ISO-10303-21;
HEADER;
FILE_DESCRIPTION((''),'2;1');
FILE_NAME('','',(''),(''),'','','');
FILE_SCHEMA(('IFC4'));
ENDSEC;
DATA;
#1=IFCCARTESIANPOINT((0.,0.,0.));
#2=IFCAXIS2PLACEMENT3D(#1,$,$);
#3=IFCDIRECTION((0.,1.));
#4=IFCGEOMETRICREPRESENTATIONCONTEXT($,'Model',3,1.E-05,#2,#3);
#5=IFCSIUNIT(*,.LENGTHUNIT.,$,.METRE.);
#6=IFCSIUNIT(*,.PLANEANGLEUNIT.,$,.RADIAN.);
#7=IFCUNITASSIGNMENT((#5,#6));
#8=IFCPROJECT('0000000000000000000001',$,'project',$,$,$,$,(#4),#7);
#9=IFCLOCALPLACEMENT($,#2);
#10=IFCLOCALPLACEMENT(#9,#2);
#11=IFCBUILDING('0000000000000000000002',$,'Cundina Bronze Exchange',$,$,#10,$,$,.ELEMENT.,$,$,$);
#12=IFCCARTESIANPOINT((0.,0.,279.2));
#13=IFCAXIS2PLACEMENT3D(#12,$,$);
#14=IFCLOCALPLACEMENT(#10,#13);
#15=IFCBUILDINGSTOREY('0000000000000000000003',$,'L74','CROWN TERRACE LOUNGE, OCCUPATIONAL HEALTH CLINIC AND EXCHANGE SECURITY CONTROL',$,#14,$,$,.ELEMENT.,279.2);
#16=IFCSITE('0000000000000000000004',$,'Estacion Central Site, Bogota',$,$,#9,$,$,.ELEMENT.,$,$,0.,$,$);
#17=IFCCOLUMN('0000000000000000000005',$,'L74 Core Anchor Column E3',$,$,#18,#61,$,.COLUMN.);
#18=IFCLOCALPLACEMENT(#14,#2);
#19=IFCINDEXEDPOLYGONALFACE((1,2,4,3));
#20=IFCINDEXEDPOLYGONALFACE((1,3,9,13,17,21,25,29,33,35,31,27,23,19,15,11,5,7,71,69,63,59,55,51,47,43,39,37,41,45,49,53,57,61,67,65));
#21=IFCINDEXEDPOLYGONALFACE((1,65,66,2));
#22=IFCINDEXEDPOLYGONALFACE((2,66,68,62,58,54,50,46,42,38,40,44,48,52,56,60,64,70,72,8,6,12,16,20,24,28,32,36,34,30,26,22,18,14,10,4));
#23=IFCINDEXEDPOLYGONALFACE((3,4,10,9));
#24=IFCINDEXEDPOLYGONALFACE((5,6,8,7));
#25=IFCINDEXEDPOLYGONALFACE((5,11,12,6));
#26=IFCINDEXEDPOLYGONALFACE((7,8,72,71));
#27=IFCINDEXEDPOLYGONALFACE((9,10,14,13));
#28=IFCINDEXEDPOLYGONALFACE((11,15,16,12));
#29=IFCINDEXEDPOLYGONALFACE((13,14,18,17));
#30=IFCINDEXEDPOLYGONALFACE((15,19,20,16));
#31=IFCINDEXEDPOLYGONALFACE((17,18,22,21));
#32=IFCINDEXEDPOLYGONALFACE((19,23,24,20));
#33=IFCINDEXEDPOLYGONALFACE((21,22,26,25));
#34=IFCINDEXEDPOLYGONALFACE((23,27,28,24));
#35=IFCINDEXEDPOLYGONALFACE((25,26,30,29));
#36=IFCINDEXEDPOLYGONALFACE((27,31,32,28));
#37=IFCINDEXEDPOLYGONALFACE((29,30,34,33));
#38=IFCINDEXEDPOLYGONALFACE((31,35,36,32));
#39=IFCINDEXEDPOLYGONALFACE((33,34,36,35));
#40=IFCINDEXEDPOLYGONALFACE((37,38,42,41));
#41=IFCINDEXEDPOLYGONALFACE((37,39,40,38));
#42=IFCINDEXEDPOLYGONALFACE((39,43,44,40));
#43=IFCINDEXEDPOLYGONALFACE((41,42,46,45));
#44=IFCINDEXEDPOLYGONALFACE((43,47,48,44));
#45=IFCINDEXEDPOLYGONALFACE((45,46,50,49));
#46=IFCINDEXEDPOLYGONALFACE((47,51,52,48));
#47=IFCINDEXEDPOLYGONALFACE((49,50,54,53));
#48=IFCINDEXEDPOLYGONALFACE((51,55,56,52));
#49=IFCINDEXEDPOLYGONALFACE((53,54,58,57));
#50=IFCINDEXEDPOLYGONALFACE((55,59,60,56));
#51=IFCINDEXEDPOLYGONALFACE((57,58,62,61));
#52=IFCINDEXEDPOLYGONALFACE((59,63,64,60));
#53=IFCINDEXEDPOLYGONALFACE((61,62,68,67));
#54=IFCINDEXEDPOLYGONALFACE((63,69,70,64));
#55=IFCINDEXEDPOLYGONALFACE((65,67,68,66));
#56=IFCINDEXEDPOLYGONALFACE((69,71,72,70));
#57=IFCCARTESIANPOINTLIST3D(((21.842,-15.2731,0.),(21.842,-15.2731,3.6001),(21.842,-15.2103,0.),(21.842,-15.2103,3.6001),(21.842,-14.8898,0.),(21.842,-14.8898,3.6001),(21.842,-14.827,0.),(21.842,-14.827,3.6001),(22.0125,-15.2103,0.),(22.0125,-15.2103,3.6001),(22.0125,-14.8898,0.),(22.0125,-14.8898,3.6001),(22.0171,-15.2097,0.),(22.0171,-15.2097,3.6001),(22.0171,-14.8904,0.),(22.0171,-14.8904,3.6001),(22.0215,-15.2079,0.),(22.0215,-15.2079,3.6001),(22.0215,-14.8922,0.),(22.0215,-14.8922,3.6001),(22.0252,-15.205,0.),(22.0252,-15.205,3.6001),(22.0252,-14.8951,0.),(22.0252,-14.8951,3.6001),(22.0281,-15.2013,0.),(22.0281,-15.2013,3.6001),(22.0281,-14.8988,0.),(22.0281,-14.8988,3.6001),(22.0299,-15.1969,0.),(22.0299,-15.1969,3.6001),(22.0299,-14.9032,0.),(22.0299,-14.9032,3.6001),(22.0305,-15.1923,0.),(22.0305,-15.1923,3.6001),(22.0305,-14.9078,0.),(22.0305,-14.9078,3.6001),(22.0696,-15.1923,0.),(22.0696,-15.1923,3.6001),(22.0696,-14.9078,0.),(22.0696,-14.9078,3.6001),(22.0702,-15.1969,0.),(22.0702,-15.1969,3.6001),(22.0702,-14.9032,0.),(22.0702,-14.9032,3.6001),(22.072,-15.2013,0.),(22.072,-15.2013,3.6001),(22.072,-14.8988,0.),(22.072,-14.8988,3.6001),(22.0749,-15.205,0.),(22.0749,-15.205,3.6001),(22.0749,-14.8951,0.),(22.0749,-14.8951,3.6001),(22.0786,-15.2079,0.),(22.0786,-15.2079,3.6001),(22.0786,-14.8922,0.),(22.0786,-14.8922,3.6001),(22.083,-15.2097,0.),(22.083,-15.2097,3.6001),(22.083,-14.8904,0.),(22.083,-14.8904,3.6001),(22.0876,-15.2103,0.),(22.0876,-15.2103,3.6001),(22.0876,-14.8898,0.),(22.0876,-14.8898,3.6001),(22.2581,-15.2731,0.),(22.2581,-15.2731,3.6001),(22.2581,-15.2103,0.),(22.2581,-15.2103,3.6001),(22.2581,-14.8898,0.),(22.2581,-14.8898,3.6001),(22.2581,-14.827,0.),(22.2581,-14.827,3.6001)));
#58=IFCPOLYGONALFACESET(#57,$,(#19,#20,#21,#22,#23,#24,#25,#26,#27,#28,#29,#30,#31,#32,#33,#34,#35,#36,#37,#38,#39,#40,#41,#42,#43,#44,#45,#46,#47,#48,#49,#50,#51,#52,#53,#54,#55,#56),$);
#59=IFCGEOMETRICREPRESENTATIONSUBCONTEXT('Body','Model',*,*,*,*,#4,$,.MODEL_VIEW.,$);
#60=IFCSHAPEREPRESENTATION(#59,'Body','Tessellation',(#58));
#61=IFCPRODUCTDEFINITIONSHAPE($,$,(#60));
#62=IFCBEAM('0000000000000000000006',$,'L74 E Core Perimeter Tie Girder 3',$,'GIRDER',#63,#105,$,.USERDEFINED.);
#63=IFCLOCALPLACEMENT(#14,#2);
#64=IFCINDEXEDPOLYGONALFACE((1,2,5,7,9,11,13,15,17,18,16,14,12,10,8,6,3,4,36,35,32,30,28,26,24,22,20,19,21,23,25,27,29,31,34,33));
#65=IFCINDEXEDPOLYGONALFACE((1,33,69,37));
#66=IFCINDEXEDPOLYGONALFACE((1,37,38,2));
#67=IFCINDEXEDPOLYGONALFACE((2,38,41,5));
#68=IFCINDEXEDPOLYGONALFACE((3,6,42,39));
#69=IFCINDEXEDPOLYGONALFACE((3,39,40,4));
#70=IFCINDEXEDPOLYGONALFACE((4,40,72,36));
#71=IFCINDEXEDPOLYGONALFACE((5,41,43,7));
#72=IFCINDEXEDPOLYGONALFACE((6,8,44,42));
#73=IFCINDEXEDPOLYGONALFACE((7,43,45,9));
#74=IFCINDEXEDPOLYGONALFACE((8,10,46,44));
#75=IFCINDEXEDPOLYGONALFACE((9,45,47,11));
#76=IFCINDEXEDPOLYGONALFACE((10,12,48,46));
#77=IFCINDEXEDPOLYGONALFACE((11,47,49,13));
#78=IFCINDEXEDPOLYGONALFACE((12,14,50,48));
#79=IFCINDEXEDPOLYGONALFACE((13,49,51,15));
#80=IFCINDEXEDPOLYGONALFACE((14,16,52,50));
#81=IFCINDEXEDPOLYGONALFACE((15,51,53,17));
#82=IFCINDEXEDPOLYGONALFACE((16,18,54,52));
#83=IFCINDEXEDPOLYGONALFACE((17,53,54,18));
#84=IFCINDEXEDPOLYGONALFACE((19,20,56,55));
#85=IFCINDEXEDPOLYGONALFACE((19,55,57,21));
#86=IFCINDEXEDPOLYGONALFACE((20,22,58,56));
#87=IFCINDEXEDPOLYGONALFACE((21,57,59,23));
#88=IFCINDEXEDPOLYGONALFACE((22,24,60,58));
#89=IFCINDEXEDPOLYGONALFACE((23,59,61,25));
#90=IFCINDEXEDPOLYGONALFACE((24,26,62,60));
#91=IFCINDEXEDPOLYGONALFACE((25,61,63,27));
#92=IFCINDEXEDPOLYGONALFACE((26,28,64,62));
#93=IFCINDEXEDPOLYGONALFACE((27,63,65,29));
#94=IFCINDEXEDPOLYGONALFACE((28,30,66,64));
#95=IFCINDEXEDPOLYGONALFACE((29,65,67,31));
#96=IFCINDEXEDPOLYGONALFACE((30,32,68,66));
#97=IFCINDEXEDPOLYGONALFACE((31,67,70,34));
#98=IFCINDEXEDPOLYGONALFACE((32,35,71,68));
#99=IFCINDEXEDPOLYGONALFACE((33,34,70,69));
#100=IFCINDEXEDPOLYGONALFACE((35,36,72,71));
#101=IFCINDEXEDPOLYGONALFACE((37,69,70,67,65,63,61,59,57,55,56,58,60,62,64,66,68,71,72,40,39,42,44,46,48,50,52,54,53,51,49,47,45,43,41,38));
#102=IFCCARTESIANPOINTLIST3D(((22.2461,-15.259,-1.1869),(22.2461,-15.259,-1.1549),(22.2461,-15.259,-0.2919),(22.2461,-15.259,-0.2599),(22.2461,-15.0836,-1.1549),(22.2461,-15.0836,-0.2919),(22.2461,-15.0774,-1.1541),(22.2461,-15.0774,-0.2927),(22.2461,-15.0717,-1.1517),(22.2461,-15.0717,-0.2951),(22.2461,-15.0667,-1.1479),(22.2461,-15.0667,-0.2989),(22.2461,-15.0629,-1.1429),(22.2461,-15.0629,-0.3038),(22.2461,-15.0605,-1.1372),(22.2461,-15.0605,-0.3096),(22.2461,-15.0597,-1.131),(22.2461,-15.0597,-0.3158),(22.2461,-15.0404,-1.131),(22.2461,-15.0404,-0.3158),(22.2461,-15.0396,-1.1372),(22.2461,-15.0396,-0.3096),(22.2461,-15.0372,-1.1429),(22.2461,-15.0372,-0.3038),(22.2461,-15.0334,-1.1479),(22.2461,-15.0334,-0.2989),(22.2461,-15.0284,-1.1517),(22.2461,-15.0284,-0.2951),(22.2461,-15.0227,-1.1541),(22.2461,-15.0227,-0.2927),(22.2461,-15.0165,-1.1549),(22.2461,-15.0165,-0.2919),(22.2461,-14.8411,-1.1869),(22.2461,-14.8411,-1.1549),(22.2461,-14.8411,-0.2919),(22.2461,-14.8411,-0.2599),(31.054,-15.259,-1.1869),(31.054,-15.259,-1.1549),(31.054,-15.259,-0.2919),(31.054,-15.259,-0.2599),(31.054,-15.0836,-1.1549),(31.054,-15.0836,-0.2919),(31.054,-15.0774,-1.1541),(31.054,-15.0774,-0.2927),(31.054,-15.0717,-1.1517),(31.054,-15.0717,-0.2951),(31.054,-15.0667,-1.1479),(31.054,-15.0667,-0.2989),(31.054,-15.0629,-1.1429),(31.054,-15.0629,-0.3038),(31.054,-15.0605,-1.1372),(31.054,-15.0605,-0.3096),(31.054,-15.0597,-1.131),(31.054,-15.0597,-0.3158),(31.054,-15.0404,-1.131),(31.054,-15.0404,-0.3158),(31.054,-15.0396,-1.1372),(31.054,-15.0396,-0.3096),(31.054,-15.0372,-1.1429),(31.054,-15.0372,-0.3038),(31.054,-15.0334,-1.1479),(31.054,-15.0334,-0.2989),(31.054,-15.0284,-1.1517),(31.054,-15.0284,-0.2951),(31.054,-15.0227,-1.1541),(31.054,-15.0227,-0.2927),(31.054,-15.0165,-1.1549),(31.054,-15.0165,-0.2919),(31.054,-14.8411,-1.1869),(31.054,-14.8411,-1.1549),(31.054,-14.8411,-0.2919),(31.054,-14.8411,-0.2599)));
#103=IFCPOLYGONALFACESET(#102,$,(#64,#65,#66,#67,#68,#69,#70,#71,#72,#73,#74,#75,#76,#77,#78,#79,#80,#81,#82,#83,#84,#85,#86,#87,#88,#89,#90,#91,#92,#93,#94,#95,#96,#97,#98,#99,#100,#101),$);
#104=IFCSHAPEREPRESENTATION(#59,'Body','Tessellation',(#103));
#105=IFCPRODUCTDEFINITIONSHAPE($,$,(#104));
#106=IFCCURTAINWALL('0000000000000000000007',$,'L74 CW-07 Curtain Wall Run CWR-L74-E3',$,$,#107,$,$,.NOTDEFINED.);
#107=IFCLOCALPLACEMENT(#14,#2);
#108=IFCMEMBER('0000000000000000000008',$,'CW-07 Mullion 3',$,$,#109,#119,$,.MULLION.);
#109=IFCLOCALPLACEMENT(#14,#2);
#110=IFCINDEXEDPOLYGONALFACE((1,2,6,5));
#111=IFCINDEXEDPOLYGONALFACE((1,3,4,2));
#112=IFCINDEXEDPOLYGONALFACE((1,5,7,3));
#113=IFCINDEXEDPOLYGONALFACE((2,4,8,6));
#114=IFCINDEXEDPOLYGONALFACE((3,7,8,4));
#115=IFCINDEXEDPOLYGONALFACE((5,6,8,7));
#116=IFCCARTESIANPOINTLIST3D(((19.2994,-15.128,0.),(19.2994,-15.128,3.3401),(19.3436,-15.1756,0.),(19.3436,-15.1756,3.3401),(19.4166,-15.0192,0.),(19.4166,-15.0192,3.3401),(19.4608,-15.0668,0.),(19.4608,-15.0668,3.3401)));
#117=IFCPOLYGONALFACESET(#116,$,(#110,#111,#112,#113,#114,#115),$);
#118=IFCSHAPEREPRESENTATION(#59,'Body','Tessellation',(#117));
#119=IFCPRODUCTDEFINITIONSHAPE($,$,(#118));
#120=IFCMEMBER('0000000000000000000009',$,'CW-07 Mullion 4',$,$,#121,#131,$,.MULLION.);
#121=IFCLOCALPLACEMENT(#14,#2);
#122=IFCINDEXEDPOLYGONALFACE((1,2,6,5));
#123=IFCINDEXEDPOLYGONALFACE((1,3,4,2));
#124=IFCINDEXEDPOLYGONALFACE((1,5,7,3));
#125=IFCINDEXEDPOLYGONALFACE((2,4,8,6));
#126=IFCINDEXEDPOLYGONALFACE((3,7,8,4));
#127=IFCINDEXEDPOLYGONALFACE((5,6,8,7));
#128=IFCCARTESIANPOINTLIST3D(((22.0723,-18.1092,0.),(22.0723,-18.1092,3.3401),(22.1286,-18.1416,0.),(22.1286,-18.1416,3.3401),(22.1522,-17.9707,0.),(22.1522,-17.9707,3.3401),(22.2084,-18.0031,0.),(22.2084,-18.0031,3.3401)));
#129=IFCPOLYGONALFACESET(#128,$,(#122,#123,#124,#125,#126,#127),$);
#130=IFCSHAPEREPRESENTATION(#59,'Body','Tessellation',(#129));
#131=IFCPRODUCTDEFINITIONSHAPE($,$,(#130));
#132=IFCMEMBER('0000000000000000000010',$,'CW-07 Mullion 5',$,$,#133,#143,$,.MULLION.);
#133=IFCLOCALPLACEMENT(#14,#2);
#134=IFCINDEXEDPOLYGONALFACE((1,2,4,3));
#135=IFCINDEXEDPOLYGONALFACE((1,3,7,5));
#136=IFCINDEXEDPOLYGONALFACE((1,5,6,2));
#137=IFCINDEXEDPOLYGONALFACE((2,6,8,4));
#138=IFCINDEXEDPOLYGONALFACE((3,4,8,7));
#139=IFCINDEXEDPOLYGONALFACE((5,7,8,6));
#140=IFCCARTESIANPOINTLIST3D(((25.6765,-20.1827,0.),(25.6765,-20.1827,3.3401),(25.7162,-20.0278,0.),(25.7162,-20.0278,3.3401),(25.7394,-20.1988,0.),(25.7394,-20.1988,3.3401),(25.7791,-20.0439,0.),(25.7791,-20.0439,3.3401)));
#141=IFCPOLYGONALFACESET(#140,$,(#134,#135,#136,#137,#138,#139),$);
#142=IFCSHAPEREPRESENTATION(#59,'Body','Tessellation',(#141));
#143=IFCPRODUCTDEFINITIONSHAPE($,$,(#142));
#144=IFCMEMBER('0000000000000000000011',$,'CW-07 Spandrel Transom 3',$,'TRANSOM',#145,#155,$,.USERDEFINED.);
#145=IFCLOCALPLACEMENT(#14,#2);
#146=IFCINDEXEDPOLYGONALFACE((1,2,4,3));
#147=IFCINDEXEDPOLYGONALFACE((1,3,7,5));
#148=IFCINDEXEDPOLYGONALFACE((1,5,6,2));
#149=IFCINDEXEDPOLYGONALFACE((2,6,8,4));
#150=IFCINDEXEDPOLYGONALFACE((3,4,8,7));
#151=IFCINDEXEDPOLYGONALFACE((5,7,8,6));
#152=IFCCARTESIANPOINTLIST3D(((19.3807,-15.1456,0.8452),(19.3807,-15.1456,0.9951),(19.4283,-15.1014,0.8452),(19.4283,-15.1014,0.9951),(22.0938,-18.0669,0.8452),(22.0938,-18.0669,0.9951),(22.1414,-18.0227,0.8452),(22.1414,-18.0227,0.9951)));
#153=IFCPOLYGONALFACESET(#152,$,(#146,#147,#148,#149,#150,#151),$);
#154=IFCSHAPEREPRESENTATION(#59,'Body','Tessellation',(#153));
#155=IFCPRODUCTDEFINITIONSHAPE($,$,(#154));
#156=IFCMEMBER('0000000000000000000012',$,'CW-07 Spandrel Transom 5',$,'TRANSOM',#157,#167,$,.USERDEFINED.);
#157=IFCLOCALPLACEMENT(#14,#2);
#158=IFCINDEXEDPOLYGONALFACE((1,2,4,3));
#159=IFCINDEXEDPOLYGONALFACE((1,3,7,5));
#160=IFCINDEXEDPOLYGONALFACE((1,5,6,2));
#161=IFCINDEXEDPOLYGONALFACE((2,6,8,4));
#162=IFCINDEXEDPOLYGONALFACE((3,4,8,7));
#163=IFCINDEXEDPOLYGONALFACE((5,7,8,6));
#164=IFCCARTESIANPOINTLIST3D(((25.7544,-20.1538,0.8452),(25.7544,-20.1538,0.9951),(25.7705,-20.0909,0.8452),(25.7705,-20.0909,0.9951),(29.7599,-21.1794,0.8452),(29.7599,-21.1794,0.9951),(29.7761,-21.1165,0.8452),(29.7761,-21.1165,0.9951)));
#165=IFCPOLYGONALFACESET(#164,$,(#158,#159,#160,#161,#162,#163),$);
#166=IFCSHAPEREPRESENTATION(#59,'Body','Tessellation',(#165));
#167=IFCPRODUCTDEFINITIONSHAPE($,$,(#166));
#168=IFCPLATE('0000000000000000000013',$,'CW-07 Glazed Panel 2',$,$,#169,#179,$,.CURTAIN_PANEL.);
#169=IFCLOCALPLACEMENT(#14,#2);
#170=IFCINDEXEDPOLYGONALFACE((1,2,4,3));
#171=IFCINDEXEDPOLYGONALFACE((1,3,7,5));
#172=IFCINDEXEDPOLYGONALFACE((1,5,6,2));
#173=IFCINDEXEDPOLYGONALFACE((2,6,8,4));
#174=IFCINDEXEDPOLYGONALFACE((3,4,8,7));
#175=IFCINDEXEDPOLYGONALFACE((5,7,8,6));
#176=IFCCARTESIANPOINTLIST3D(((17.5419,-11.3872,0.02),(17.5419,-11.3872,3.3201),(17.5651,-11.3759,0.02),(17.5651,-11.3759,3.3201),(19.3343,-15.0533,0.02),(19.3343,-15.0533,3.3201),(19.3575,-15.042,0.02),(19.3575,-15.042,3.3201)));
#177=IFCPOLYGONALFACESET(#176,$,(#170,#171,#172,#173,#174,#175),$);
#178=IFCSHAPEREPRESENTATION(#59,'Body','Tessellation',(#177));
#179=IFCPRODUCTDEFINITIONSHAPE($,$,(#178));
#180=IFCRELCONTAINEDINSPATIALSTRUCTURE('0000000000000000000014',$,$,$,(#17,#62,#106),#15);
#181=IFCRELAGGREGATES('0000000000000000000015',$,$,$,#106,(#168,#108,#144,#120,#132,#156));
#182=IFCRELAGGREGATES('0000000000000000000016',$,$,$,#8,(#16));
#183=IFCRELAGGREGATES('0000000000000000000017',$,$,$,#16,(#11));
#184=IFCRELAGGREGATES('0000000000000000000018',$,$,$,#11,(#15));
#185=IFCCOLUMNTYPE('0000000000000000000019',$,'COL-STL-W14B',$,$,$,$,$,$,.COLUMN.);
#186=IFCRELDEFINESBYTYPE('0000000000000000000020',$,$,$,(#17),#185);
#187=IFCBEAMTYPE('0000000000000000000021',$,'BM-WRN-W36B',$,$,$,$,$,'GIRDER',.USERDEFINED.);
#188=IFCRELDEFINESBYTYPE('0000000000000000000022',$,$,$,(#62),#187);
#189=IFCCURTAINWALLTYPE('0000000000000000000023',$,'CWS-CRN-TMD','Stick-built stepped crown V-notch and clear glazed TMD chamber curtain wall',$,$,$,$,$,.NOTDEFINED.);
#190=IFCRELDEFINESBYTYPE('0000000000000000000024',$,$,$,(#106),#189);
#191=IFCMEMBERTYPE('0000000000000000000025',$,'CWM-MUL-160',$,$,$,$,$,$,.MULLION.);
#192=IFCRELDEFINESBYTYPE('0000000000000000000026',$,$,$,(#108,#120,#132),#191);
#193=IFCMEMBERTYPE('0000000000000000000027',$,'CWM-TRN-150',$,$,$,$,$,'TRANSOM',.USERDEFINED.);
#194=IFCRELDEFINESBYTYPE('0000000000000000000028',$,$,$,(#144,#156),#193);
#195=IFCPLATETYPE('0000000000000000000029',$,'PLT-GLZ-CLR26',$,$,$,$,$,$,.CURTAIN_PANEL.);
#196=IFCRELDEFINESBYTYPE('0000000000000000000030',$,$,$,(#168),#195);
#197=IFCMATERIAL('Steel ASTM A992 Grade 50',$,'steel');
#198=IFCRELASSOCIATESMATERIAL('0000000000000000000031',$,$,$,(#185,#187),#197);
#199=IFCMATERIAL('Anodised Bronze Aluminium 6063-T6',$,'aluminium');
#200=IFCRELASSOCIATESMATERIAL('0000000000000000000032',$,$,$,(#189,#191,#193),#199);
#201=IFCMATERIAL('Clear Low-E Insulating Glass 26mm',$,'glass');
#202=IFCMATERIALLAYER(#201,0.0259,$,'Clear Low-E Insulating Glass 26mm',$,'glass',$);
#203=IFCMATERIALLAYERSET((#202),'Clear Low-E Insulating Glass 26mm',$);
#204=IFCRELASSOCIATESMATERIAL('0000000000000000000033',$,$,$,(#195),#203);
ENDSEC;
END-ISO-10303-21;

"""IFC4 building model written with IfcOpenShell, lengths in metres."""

from ifc_helpers import new_model, si_unit, direction, frame, origin, origin_2d, place, context, subcontext, project, spatial, rectangle, i_section, extrude, material, layer, layer_set, material_profile, profile_set, type_object, element, aggregate, save


model = new_model("IFC4")

# Units and contexts
model_context = context("Model", 3, precision=1e-05, world=origin(), true_north=direction((0.0, 1.0)))
body_context = subcontext(model_context, "Body", "Model", "MODEL_VIEW")
ifc_project = project(units=[si_unit("LENGTHUNIT", "METRE"), si_unit("PLANEANGLEUNIT", "RADIAN")], contexts=[model_context])

# Site, building, storey
site_placement = place(None, origin())
site = spatial("IfcSite", under=ifc_project, at=site_placement, Name="Estacion Central Site, Bogota", CompositionType="ELEMENT", RefElevation=0.0)
building_placement = place(site_placement, origin())
building = spatial("IfcBuilding", under=site, at=building_placement, Name="Cundina Bronze Exchange", CompositionType="ELEMENT")
storey_placement = place(building_placement, frame((0.0, 0.0, 279.2)))
storey = spatial("IfcBuildingStorey", under=building, at=storey_placement, Name="L74", Description="CROWN TERRACE LOUNGE, OCCUPATIONAL HEALTH CLINIC AND EXCHANGE SECURITY CONTROL", CompositionType="ELEMENT", Elevation=279.2)

# Column
ifc_material_1 = material(Name="Steel ASTM A992 Grade 50", Category="steel")
ifc_material_profile_1 = material_profile(ifc_material_1, i_section(OverallWidth=0.416, OverallDepth=0.446, WebThickness=0.0391, FlangeThickness=0.0627, FilletRadius=0.0181, at=origin_2d()), Name="W14X342", Category="steel")
ifc_profile_set_1 = profile_set([ifc_material_profile_1], Name="Steel ASTM A992 Grade 50")
column_type = type_object("IfcColumnType", Name="COL-STL-W14B", PredefinedType="COLUMN", material=ifc_profile_set_1)
column_placement = place(storey_placement, frame((22.05, -15.05, 0.0), z_axis=(0.0, 0.0, 1.0), x_axis=(1.0, 0.0, 0.0)))
element("IfcColumn", 1, at=column_placement, inside=storey, type_object=column_type, Name="L74 Core Anchor Column E3", PredefinedType="COLUMN", context=body_context, shape_type="SweptSolid", body=[
    extrude(i_section(OverallWidth=0.416, OverallDepth=0.446, WebThickness=0.0391, FlangeThickness=0.0627, FilletRadius=0.0181, at=origin_2d()), origin(), (0.0, 0.0, 1.0), 3.6001),
])

# Beam
ifc_material_profile_2 = material_profile(ifc_material_1, i_section(OverallWidth=0.418, OverallDepth=0.927, WebThickness=0.0193, FlangeThickness=0.032, FilletRadius=0.0239, at=origin_2d()), Name="W36X231", Category="steel")
ifc_profile_set_2 = profile_set([ifc_material_profile_2], Name="Steel ASTM A992 Grade 50")
beam_type = type_object("IfcBeamType", Name="BM-WRN-W36B", ElementType="GIRDER", PredefinedType="USERDEFINED", material=ifc_profile_set_2)
beam_placement = place(storey_placement, frame((22.2461, -15.05, -0.7234), z_axis=(1.0, 0.0, 0.0), x_axis=(0.0, 1.0, 0.0)))
element("IfcBeam", 2, at=beam_placement, inside=storey, type_object=beam_type, Name="L74 E Core Perimeter Tie Girder 3", ObjectType="GIRDER", PredefinedType="USERDEFINED", context=body_context, shape_type="SweptSolid", body=[
    extrude(i_section(OverallWidth=0.418, OverallDepth=0.927, WebThickness=0.0193, FlangeThickness=0.032, FilletRadius=0.0239, at=origin_2d()), origin(), (0.0, 0.0, 1.0), 8.8079),
])

# Curtain wall, members, plate
ifc_material_2 = material(Name="Anodised Bronze Aluminium 6063-T6", Category="aluminium")
curtain_wall_type = type_object("IfcCurtainWallType", Name="CWS-CRN-TMD", Description="Stick-built stepped crown V-notch and clear glazed TMD chamber curtain wall", PredefinedType="NOTDEFINED", material=ifc_material_2)
curtain_wall_placement = place(storey_placement, origin())
curtain_wall = element("IfcCurtainWall", 3, at=curtain_wall_placement, inside=storey, type_object=curtain_wall_type, Name="L74 CW-07 Curtain Wall Run CWR-L74-E3", PredefinedType="NOTDEFINED")
ifc_material_profile_3 = material_profile(ifc_material_2, rectangle(XDim=0.0649, YDim=0.1599, at=origin_2d()), Name="AL65X160", Category="aluminium")
ifc_profile_set_3 = profile_set([ifc_material_profile_3], Name="Anodised Bronze Aluminium 6063-T6")
member_type_1 = type_object("IfcMemberType", Name="CWM-MUL-160", PredefinedType="MULLION", material=ifc_profile_set_3)
member_1_placement = place(storey_placement, frame((19.3801, -15.0974, 0.0), z_axis=(0.0, 0.0, 1.0), x_axis=(0.680465, -0.73278, 0.0)))
member_1 = element("IfcMember", 4, at=member_1_placement, type_object=member_type_1, Name="CW-07 Mullion 3", PredefinedType="MULLION", context=body_context, shape_type="SweptSolid", body=[
    extrude(rectangle(XDim=0.0649, YDim=0.1599, at=origin_2d()), origin(), (0.0, 0.0, 1.0), 3.3401),
])
member_2_placement = place(storey_placement, frame((22.1404, -18.0562, 0.0), z_axis=(0.0, 0.0, 1.0), x_axis=(0.866461, -0.499244, 0.0)))
member_2 = element("IfcMember", 5, at=member_2_placement, type_object=member_type_1, Name="CW-07 Mullion 4", PredefinedType="MULLION", context=body_context, shape_type="SweptSolid", body=[
    extrude(rectangle(XDim=0.0649, YDim=0.1599, at=origin_2d()), origin(), (0.0, 0.0, 1.0), 3.3401),
])
member_3_placement = place(storey_placement, frame((25.7278, -20.1133, 0.0), z_axis=(0.0, 0.0, 1.0), x_axis=(0.968757, -0.248014, 0.0)))
member_3 = element("IfcMember", 6, at=member_3_placement, type_object=member_type_1, Name="CW-07 Mullion 5", PredefinedType="MULLION", context=body_context, shape_type="SweptSolid", body=[
    extrude(rectangle(XDim=0.0649, YDim=0.1599, at=origin_2d()), origin(), (0.0, 0.0, 1.0), 3.3401),
])
ifc_material_profile_4 = material_profile(ifc_material_2, rectangle(XDim=0.0649, YDim=0.1499, at=origin_2d()), Name="AL65X150", Category="aluminium")
ifc_profile_set_4 = profile_set([ifc_material_profile_4], Name="Anodised Bronze Aluminium 6063-T6")
member_type_2 = type_object("IfcMemberType", Name="CWM-TRN-150", ElementType="TRANSOM", PredefinedType="USERDEFINED", material=ifc_profile_set_4)
member_4_placement = place(storey_placement, frame((19.4045, -15.1235, 0.9202), z_axis=(0.680507, -0.732741, 0.0), x_axis=(0.732741, 0.680507, 0.0)))
member_4 = element("IfcMember", 7, at=member_4_placement, type_object=member_type_2, Name="CW-07 Spandrel Transom 3", ObjectType="TRANSOM", PredefinedType="USERDEFINED", context=body_context, shape_type="SweptSolid", body=[
    extrude(rectangle(XDim=0.0649, YDim=0.1499, at=origin_2d()), origin(), (0.0, 0.0, 1.0), 3.9868),
])
member_5_placement = place(storey_placement, frame((25.7625, -20.1223, 0.9202), z_axis=(0.968748, -0.248047, 0.0), x_axis=(0.248047, 0.968748, 0.0)))
member_5 = element("IfcMember", 8, at=member_5_placement, type_object=member_type_2, Name="CW-07 Spandrel Transom 5", ObjectType="TRANSOM", PredefinedType="USERDEFINED", context=body_context, shape_type="SweptSolid", body=[
    extrude(rectangle(XDim=0.0649, YDim=0.1499, at=origin_2d()), origin(), (0.0, 0.0, 1.0), 4.1348),
])
ifc_material_3 = material(Name="Clear Low-E Insulating Glass 26mm", Category="glass")
ifc_layer_1 = layer(ifc_material_3, 0.0259, Name="Clear Low-E Insulating Glass 26mm", Category="glass")
ifc_layer_set_1 = layer_set([ifc_layer_1], Name="Clear Low-E Insulating Glass 26mm")
plate_type_1 = type_object("IfcPlateType", Name="PLT-GLZ-CLR26", PredefinedType="CURTAIN_PANEL", material=ifc_layer_set_1)
plate_1_placement = place(storey_placement, frame((18.4497, -13.2146, 0.02), z_axis=(0.0, 0.0, 1.0), x_axis=(0.439234, -0.898373, 0.0)))
plate_1 = element("IfcPlate", 9, at=plate_1_placement, type_object=plate_type_1, Name="CW-07 Glazed Panel 2", PredefinedType="CURTAIN_PANEL", context=body_context, shape_type="SweptSolid", body=[
    extrude(rectangle(XDim=4.0808, YDim=0.0259, at=origin_2d()), origin(), (0.0, 0.0, 1.0), 3.3),
])
aggregate(curtain_wall, [plate_1, member_1, member_4, member_2, member_3, member_5])

save(model, "model.ifc")
